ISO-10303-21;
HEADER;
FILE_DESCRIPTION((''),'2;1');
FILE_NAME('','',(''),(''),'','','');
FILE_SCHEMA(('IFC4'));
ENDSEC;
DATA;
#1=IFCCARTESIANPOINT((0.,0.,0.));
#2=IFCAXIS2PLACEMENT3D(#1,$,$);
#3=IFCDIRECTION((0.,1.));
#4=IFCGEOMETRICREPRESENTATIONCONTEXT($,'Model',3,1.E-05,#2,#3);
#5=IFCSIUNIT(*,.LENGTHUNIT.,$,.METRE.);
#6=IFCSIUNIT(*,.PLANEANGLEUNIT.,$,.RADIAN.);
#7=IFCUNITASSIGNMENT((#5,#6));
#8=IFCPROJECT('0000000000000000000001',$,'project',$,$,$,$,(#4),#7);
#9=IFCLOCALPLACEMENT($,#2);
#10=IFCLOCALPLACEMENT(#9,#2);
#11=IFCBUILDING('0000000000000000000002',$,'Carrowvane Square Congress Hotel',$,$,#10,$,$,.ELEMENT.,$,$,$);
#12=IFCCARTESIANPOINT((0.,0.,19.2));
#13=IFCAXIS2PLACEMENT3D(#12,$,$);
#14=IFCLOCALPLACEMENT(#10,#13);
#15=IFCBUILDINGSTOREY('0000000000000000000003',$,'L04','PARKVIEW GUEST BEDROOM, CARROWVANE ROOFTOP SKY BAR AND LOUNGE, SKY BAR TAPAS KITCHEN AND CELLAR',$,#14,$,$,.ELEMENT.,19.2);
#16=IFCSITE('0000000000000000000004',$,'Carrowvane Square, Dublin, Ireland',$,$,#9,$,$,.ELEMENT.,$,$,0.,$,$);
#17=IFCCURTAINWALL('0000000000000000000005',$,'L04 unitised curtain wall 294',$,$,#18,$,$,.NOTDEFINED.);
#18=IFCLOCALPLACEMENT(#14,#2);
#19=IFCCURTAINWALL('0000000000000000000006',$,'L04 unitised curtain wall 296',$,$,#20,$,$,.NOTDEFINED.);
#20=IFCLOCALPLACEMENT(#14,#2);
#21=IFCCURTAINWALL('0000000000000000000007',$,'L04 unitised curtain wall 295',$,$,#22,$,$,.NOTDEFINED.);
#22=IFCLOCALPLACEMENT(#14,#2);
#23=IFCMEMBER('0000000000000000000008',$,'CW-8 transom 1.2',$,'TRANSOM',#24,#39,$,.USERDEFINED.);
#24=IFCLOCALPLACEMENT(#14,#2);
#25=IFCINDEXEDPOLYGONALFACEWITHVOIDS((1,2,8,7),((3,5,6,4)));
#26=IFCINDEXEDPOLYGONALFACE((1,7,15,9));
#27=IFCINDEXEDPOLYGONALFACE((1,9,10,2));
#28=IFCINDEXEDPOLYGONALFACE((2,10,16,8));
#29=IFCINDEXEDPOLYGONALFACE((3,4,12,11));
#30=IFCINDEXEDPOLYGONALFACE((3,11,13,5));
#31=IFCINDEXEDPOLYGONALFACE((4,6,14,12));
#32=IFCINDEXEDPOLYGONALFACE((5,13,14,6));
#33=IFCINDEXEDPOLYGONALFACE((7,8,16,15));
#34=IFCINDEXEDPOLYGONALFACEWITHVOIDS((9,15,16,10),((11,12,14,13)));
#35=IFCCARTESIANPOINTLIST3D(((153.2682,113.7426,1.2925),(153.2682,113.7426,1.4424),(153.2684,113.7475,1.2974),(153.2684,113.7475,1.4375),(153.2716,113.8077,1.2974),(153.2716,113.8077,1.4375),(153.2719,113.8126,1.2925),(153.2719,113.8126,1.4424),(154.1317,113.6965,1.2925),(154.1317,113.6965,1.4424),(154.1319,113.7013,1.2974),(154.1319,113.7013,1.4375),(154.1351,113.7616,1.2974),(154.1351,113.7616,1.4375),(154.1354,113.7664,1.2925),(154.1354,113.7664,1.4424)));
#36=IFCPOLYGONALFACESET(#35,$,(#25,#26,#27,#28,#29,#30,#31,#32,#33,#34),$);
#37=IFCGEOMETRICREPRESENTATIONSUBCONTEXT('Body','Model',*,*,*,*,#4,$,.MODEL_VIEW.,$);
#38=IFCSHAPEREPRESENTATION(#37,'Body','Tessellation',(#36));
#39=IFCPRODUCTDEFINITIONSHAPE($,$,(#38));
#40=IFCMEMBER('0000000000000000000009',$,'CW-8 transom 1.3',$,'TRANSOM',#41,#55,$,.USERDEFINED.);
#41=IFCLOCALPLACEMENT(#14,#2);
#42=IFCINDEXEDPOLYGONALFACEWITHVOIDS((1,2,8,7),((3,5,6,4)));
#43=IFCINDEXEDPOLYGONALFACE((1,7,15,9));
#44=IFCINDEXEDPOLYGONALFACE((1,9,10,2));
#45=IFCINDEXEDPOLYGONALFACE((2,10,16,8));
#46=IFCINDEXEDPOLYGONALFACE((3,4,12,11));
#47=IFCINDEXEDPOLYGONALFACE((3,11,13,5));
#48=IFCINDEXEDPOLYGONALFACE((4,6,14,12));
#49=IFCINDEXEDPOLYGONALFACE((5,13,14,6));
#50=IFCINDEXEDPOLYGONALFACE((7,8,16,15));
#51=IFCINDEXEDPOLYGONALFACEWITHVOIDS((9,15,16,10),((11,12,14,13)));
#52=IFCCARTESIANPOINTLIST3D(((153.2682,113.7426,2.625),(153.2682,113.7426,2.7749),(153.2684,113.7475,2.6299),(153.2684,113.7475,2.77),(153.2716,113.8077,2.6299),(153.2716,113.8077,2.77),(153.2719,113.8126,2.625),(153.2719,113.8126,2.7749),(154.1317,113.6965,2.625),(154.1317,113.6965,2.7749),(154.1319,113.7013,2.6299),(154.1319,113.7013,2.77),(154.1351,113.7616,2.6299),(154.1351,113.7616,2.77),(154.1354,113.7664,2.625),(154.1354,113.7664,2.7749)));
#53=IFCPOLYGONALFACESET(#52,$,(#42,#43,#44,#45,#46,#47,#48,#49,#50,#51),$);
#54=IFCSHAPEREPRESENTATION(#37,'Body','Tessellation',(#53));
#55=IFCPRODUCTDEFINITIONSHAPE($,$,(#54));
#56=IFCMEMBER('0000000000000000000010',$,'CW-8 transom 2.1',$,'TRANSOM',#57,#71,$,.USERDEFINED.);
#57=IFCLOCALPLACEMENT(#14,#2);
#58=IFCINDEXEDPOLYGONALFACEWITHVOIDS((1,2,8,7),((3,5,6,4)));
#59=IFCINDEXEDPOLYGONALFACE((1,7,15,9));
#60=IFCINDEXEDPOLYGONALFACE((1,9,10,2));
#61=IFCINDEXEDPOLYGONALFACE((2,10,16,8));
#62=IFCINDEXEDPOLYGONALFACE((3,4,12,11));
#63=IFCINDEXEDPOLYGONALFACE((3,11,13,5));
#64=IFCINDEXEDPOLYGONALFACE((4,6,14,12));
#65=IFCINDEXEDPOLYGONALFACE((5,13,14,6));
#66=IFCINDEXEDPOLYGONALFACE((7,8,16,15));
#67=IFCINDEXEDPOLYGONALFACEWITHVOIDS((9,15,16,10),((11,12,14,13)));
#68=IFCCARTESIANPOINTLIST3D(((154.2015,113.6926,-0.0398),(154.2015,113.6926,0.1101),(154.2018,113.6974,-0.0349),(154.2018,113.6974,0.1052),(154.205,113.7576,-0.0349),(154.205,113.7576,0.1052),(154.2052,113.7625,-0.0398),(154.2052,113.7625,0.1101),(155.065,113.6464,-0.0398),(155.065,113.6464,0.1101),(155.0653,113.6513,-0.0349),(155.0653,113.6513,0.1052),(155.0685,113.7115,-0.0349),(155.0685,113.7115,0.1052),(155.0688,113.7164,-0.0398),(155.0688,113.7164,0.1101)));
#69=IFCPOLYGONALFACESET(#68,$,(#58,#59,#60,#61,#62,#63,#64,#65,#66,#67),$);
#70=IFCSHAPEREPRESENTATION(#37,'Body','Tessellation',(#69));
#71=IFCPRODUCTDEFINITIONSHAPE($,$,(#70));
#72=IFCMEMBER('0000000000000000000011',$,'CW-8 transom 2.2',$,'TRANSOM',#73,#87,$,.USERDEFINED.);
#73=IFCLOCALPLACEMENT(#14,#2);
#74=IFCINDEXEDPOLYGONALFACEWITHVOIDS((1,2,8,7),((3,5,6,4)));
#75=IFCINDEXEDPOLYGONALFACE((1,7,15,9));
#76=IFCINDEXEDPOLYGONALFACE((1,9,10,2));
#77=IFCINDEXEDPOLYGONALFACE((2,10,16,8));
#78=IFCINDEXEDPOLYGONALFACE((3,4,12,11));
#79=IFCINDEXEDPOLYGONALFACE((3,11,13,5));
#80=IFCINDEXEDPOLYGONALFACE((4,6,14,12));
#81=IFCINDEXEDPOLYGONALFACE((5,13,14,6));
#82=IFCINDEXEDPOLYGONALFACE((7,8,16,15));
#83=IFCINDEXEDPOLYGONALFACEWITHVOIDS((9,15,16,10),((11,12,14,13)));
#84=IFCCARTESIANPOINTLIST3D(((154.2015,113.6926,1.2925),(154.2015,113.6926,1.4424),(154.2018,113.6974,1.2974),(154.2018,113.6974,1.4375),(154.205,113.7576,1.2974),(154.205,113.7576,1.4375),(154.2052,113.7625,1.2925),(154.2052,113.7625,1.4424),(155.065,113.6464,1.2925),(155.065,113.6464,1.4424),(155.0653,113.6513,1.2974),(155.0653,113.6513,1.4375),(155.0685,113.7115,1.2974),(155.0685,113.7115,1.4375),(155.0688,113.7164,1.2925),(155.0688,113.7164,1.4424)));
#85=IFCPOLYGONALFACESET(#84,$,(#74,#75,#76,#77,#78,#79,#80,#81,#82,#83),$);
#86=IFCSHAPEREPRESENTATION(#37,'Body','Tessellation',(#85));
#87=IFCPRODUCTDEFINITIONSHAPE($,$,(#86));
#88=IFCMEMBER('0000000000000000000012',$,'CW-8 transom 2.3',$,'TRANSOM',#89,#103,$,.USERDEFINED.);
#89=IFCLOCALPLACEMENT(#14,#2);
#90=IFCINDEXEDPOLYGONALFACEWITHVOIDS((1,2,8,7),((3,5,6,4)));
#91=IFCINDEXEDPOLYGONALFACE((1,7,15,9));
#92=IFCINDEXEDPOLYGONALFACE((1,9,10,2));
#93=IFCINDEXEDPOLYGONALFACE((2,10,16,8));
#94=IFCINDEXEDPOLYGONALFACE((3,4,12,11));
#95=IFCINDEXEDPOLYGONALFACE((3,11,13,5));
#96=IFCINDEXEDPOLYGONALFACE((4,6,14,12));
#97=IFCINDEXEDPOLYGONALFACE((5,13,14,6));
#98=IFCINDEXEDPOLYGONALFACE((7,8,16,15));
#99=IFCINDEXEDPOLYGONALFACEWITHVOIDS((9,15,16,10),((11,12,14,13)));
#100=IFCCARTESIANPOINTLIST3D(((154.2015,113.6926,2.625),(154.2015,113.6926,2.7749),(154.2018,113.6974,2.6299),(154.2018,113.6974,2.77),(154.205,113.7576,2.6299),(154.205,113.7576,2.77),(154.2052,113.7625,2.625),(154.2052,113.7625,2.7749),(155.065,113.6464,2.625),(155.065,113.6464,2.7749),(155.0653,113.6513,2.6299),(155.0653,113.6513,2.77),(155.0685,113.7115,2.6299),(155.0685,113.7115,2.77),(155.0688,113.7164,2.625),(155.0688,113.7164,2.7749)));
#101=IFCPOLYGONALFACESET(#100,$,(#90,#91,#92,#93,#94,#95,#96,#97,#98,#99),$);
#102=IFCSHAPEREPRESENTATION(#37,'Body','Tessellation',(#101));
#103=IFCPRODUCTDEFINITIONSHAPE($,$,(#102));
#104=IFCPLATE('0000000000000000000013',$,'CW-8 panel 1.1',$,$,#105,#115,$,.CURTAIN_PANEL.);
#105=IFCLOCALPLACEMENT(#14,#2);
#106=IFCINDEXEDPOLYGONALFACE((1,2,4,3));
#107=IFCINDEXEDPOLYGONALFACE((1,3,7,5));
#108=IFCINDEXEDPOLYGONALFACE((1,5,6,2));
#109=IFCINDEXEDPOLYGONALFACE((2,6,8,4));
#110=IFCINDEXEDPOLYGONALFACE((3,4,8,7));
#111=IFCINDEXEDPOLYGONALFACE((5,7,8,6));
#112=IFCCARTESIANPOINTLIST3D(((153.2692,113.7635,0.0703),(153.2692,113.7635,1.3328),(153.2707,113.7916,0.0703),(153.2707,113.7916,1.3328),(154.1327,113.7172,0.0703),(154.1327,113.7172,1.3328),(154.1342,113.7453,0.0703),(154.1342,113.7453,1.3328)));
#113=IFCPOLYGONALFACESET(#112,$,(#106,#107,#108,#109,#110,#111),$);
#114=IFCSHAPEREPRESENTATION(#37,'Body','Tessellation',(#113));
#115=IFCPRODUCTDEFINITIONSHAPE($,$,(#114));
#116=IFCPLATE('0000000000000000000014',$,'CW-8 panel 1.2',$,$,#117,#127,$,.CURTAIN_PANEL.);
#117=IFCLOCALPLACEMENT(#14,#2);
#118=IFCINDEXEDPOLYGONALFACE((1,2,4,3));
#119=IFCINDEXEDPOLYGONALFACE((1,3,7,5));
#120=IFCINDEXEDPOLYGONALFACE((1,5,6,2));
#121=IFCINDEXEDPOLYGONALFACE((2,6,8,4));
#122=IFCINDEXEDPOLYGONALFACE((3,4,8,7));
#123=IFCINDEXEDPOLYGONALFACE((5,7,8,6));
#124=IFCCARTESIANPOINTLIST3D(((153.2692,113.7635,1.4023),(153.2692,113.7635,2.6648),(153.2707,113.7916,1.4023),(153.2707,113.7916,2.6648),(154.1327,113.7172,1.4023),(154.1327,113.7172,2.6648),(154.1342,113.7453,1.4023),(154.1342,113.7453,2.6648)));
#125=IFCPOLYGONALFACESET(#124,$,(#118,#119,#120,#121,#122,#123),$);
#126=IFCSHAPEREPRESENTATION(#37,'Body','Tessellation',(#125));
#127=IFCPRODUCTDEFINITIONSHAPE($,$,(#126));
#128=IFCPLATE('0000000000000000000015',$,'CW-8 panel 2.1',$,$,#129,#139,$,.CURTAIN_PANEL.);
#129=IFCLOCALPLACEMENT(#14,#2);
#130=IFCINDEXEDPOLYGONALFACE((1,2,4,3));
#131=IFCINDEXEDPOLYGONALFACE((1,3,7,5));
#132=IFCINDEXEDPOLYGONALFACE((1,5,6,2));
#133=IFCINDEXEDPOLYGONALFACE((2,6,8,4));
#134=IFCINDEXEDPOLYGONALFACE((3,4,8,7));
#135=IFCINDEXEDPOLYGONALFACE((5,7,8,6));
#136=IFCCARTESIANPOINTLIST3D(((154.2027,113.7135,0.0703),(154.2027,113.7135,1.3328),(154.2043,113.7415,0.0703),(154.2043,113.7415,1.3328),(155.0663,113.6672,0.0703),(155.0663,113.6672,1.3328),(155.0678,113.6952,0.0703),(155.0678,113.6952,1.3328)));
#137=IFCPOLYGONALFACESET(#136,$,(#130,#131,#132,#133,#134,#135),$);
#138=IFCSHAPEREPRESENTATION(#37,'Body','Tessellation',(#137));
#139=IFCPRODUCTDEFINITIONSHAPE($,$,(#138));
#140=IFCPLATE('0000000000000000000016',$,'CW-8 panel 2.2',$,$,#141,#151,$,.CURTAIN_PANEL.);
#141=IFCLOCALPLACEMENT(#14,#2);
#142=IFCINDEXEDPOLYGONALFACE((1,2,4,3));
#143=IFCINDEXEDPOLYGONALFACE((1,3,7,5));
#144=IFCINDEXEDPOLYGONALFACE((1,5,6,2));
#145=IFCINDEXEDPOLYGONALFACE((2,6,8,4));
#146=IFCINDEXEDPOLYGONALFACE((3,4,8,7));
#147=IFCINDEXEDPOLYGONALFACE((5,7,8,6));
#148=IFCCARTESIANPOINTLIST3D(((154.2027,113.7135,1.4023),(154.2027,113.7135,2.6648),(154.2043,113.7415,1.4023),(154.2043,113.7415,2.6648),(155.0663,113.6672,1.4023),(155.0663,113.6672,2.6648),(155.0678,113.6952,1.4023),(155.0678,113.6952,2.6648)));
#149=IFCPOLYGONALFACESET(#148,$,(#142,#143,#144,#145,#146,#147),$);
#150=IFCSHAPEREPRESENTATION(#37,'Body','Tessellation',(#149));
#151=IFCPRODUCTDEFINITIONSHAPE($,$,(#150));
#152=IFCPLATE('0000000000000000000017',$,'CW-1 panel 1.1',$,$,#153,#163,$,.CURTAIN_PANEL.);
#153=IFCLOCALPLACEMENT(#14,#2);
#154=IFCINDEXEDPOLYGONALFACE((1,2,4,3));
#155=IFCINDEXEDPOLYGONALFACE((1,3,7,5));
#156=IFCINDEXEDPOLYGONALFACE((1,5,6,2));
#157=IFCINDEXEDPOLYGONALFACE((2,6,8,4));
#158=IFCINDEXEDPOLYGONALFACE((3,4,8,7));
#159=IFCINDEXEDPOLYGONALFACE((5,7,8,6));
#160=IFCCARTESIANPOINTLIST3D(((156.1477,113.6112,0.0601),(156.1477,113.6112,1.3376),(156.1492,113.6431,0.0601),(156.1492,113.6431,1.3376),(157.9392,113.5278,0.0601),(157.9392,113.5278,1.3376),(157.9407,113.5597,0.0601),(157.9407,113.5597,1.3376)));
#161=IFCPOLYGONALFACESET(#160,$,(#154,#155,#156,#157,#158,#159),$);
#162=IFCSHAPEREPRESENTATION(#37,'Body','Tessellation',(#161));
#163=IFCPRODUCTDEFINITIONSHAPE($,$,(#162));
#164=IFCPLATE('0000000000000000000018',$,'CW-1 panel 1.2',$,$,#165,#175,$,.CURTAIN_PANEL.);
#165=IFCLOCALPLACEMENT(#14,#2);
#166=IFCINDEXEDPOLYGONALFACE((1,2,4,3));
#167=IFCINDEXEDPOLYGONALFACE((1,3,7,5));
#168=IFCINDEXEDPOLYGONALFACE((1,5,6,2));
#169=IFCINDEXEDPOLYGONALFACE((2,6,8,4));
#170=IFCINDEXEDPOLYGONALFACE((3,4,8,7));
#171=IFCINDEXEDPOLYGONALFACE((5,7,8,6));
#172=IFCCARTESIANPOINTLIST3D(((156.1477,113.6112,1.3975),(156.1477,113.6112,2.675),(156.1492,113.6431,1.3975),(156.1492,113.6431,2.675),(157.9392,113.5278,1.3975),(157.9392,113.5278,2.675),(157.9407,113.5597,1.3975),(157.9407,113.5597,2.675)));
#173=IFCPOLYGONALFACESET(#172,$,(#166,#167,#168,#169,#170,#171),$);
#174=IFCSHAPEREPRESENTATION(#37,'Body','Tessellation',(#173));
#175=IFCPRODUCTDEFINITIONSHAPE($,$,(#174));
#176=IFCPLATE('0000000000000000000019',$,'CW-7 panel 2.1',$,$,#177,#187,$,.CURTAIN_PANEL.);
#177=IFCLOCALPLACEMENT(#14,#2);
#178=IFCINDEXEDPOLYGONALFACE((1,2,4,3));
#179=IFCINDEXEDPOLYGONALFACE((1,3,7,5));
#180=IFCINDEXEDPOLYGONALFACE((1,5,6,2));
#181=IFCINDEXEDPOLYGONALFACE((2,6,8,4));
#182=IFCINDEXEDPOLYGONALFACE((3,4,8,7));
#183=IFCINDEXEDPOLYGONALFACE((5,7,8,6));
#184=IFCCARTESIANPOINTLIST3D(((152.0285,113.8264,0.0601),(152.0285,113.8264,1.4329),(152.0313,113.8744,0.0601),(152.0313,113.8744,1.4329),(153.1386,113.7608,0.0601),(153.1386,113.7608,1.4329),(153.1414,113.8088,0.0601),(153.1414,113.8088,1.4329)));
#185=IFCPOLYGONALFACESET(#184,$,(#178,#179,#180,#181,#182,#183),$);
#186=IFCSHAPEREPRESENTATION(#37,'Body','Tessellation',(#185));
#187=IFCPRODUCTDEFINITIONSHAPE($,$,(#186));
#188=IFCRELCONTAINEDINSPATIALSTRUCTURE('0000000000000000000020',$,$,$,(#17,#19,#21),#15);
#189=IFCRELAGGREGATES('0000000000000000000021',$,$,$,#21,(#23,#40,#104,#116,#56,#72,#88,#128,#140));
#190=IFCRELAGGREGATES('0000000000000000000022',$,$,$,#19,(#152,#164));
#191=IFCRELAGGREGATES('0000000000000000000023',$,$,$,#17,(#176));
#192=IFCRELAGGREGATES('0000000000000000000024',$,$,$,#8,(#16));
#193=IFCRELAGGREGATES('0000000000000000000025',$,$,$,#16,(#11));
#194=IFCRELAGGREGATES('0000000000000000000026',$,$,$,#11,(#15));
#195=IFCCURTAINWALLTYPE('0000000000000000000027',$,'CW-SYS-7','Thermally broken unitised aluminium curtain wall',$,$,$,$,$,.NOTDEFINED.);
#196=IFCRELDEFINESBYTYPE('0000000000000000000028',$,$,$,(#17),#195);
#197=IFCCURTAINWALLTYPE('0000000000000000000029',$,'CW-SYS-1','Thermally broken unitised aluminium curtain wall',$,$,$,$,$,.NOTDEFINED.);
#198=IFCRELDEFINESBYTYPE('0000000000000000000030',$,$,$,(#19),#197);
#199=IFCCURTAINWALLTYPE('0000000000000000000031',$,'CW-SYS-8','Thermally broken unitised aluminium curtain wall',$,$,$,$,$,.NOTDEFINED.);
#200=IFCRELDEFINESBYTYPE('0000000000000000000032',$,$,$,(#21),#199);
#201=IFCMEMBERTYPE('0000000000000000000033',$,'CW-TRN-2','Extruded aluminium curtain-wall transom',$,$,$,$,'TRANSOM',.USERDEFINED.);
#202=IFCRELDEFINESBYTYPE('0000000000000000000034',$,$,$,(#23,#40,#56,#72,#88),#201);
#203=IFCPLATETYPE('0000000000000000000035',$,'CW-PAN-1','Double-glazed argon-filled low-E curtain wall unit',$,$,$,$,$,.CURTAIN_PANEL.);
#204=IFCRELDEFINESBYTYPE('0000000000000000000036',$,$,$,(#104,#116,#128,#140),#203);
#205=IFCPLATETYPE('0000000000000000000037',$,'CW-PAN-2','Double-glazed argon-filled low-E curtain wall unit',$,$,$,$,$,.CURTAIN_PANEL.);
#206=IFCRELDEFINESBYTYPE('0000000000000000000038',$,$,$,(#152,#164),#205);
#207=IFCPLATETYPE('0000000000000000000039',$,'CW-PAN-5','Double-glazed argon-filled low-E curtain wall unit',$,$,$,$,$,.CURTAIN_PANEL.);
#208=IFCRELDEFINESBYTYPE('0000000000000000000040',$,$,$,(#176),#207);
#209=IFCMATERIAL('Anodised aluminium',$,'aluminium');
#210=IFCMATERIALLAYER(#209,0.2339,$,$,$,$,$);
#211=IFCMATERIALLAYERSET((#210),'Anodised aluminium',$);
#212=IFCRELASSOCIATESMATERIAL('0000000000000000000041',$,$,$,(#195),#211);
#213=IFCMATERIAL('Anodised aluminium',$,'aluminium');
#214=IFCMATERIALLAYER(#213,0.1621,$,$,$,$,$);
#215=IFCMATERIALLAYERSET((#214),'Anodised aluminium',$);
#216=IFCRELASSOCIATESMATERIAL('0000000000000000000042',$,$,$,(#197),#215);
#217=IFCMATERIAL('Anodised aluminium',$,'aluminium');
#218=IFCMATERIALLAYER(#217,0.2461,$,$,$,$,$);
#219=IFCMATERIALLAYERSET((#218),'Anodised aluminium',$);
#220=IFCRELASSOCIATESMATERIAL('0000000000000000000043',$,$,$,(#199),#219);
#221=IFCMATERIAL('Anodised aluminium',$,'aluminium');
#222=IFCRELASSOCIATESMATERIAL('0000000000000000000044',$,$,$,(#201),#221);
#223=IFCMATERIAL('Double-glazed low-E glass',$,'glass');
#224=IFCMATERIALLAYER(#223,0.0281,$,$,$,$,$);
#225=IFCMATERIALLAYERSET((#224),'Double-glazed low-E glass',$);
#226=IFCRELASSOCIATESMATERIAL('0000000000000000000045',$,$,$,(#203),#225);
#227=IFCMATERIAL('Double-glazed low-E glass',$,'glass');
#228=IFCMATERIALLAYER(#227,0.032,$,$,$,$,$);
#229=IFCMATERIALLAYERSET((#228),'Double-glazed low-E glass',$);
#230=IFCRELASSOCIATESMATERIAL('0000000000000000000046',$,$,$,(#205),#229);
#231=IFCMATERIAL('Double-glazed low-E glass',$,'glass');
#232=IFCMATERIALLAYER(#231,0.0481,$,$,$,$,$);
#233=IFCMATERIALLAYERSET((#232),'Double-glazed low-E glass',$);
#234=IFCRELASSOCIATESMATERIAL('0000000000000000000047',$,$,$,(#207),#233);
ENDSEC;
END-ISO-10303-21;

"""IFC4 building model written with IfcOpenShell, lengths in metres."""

from ifc_helpers import new_model, si_unit, direction, frame, origin, origin_2d, place, context, subcontext, project, spatial, rectangle, hollow_rectangle, extrude, material, layer, layer_set, material_profile, profile_set, type_object, element, aggregate, save


model = new_model("IFC4")

# Units and contexts
model_context = context("Model", 3, precision=1e-05, world=origin(), true_north=direction((0.0, 1.0)))
body_context = subcontext(model_context, "Body", "Model", "MODEL_VIEW")
ifc_project = project(units=[si_unit("LENGTHUNIT", "METRE"), si_unit("PLANEANGLEUNIT", "RADIAN")], contexts=[model_context])

# Site, building, storey
site_placement = place(None, origin())
site = spatial("IfcSite", under=ifc_project, at=site_placement, Name="Carrowvane Square, Dublin, Ireland", CompositionType="ELEMENT", RefElevation=0.0)
building_placement = place(site_placement, origin())
building = spatial("IfcBuilding", under=site, at=building_placement, Name="Carrowvane Square Congress Hotel", CompositionType="ELEMENT")
storey_placement = place(building_placement, frame((0.0, 0.0, 19.2)))
storey = spatial("IfcBuildingStorey", under=building, at=storey_placement, Name="L04", Description="PARKVIEW GUEST BEDROOM, CARROWVANE ROOFTOP SKY BAR AND LOUNGE, SKY BAR TAPAS KITCHEN AND CELLAR", CompositionType="ELEMENT", Elevation=19.2)

# Curtain wall
ifc_material_1 = material(Name="Anodised aluminium", Category="aluminium")
ifc_layer_1 = layer(ifc_material_1, 0.2339)
ifc_layer_set_1 = layer_set([ifc_layer_1], Name="Anodised aluminium")
curtain_wall_type_1 = type_object("IfcCurtainWallType", Name="CW-SYS-7", Description="Thermally broken unitised aluminium curtain wall", PredefinedType="NOTDEFINED", material=ifc_layer_set_1)
curtain_wall_1_placement = place(storey_placement, origin())
curtain_wall_1 = element("IfcCurtainWall", 1, at=curtain_wall_1_placement, inside=storey, type_object=curtain_wall_type_1, Name="L04 unitised curtain wall 294", PredefinedType="NOTDEFINED")

# Curtain walls
ifc_material_2 = material(Name="Anodised aluminium", Category="aluminium")
ifc_layer_2 = layer(ifc_material_2, 0.1621)
ifc_layer_set_2 = layer_set([ifc_layer_2], Name="Anodised aluminium")
curtain_wall_type_2 = type_object("IfcCurtainWallType", Name="CW-SYS-1", Description="Thermally broken unitised aluminium curtain wall", PredefinedType="NOTDEFINED", material=ifc_layer_set_2)
curtain_wall_2_placement = place(storey_placement, origin())
curtain_wall_2 = element("IfcCurtainWall", 2, at=curtain_wall_2_placement, inside=storey, type_object=curtain_wall_type_2, Name="L04 unitised curtain wall 296", PredefinedType="NOTDEFINED")
ifc_material_3 = material(Name="Anodised aluminium", Category="aluminium")
ifc_layer_3 = layer(ifc_material_3, 0.2461)
ifc_layer_set_3 = layer_set([ifc_layer_3], Name="Anodised aluminium")
curtain_wall_type_3 = type_object("IfcCurtainWallType", Name="CW-SYS-8", Description="Thermally broken unitised aluminium curtain wall", PredefinedType="NOTDEFINED", material=ifc_layer_set_3)
curtain_wall_3_placement = place(storey_placement, origin())
curtain_wall_3 = element("IfcCurtainWall", 3, at=curtain_wall_3_placement, inside=storey, type_object=curtain_wall_type_3, Name="L04 unitised curtain wall 295", PredefinedType="NOTDEFINED")

# Members
ifc_material_4 = material(Name="Anodised aluminium", Category="aluminium")
ifc_material_profile_1 = material_profile(ifc_material_4, hollow_rectangle(XDim=0.0701, YDim=0.1499, WallThickness=0.0049, at=origin_2d()), Name="CW-TR 70x150x5")
ifc_profile_set_1 = profile_set([ifc_material_profile_1], Name="Anodised aluminium")
member_type_1 = type_object("IfcMemberType", Name="CW-TRN-2", Description="Extruded aluminium curtain-wall transom", ElementType="TRANSOM", PredefinedType="USERDEFINED", material=ifc_profile_set_1)
member_1_placement = place(storey_placement, frame((153.27, 113.7776, 1.3674), z_axis=(0.998575, -0.053359, 0.0), x_axis=(0.053359, 0.998575, 0.0)))
member_1 = element("IfcMember", 4, at=member_1_placement, type_object=member_type_1, Name="CW-8 transom 1.2", ObjectType="TRANSOM", PredefinedType="USERDEFINED", context=body_context, shape_type="SweptSolid", body=[
    extrude(hollow_rectangle(XDim=0.0701, YDim=0.1499, WallThickness=0.0049, at=origin_2d()), origin(), (0.0, 0.0, 1.0), 0.8647),
])
member_2_placement = place(storey_placement, frame((153.27, 113.7776, 2.7), z_axis=(0.998575, -0.053359, 0.0), x_axis=(0.053359, 0.998575, 0.0)))
member_2 = element("IfcMember", 5, at=member_2_placement, type_object=member_type_1, Name="CW-8 transom 1.3", ObjectType="TRANSOM", PredefinedType="USERDEFINED", context=body_context, shape_type="SweptSolid", body=[
    extrude(hollow_rectangle(XDim=0.0701, YDim=0.1499, WallThickness=0.0049, at=origin_2d()), origin(), (0.0, 0.0, 1.0), 0.8647),
])
member_3_placement = place(storey_placement, frame((154.2034, 113.7275, 0.0352), z_axis=(0.998575, -0.053359, 0.0), x_axis=(0.053359, 0.998575, 0.0)))
member_3 = element("IfcMember", 6, at=member_3_placement, type_object=member_type_1, Name="CW-8 transom 2.1", ObjectType="TRANSOM", PredefinedType="USERDEFINED", context=body_context, shape_type="SweptSolid", body=[
    extrude(hollow_rectangle(XDim=0.0701, YDim=0.1499, WallThickness=0.0049, at=origin_2d()), origin(), (0.0, 0.0, 1.0), 0.8647),
])
member_4_placement = place(storey_placement, frame((154.2034, 113.7275, 1.3674), z_axis=(0.998575, -0.053359, 0.0), x_axis=(0.053359, 0.998575, 0.0)))
member_4 = element("IfcMember", 7, at=member_4_placement, type_object=member_type_1, Name="CW-8 transom 2.2", ObjectType="TRANSOM", PredefinedType="USERDEFINED", context=body_context, shape_type="SweptSolid", body=[
    extrude(hollow_rectangle(XDim=0.0701, YDim=0.1499, WallThickness=0.0049, at=origin_2d()), origin(), (0.0, 0.0, 1.0), 0.8647),
])
member_5_placement = place(storey_placement, frame((154.2034, 113.7275, 2.7), z_axis=(0.998575, -0.053359, 0.0), x_axis=(0.053359, 0.998575, 0.0)))
member_5 = element("IfcMember", 8, at=member_5_placement, type_object=member_type_1, Name="CW-8 transom 2.3", ObjectType="TRANSOM", PredefinedType="USERDEFINED", context=body_context, shape_type="SweptSolid", body=[
    extrude(hollow_rectangle(XDim=0.0701, YDim=0.1499, WallThickness=0.0049, at=origin_2d()), origin(), (0.0, 0.0, 1.0), 0.8647),
])

# Plates
ifc_material_5 = material(Name="Double-glazed low-E glass", Category="glass")
ifc_layer_4 = layer(ifc_material_5, 0.0281)
ifc_layer_set_4 = layer_set([ifc_layer_4], Name="Double-glazed low-E glass")
plate_type_1 = type_object("IfcPlateType", Name="CW-PAN-1", Description="Double-glazed argon-filled low-E curtain wall unit", PredefinedType="CURTAIN_PANEL", material=ifc_layer_set_4)
plate_1_placement = place(storey_placement, frame((153.7017, 113.7544, 0.0703), z_axis=(0.0, 0.0, 1.0), x_axis=(0.998567, -0.053516, 0.0)))
plate_1 = element("IfcPlate", 9, at=plate_1_placement, type_object=plate_type_1, Name="CW-8 panel 1.1", PredefinedType="CURTAIN_PANEL", context=body_context, shape_type="SweptSolid", body=[
    extrude(rectangle(XDim=0.8647, YDim=0.0281, at=origin_2d()), origin(), (0.0, 0.0, 1.0), 1.2625),
])
plate_2_placement = place(storey_placement, frame((153.7017, 113.7544, 1.4023), z_axis=(0.0, 0.0, 1.0), x_axis=(0.998567, -0.053516, 0.0)))
plate_2 = element("IfcPlate", 10, at=plate_2_placement, type_object=plate_type_1, Name="CW-8 panel 1.2", PredefinedType="CURTAIN_PANEL", context=body_context, shape_type="SweptSolid", body=[
    extrude(rectangle(XDim=0.8647, YDim=0.0281, at=origin_2d()), origin(), (0.0, 0.0, 1.0), 1.2625),
])
plate_3_placement = place(storey_placement, frame((154.6353, 113.7043, 0.0703), z_axis=(0.0, 0.0, 1.0), x_axis=(0.998567, -0.053516, 0.0)))
plate_3 = element("IfcPlate", 11, at=plate_3_placement, type_object=plate_type_1, Name="CW-8 panel 2.1", PredefinedType="CURTAIN_PANEL", context=body_context, shape_type="SweptSolid", body=[
    extrude(rectangle(XDim=0.8647, YDim=0.0281, at=origin_2d()), origin(), (0.0, 0.0, 1.0), 1.2625),
])
plate_4_placement = place(storey_placement, frame((154.6353, 113.7043, 1.4023), z_axis=(0.0, 0.0, 1.0), x_axis=(0.998567, -0.053516, 0.0)))
plate_4 = element("IfcPlate", 12, at=plate_4_placement, type_object=plate_type_1, Name="CW-8 panel 2.2", PredefinedType="CURTAIN_PANEL", context=body_context, shape_type="SweptSolid", body=[
    extrude(rectangle(XDim=0.8647, YDim=0.0281, at=origin_2d()), origin(), (0.0, 0.0, 1.0), 1.2625),
])
aggregate(curtain_wall_3, [member_1, member_2, plate_1, plate_2, member_3, member_4, member_5, plate_3, plate_4])
ifc_material_6 = material(Name="Double-glazed low-E glass", Category="glass")
ifc_layer_5 = layer(ifc_material_6, 0.032)
ifc_layer_set_5 = layer_set([ifc_layer_5], Name="Double-glazed low-E glass")
plate_type_2 = type_object("IfcPlateType", Name="CW-PAN-2", Description="Double-glazed argon-filled low-E curtain wall unit", PredefinedType="CURTAIN_PANEL", material=ifc_layer_set_5)
plate_5_placement = place(storey_placement, frame((157.0442, 113.5854, 0.0601), z_axis=(0.0, 0.0, 1.0), x_axis=(0.998917, -0.046522, 0.0)))
plate_5 = element("IfcPlate", 13, at=plate_5_placement, type_object=plate_type_2, Name="CW-1 panel 1.1", PredefinedType="CURTAIN_PANEL", context=body_context, shape_type="SweptSolid", body=[
    extrude(rectangle(XDim=1.7935, YDim=0.032, at=origin_2d()), origin(), (0.0, 0.0, 1.0), 1.2776),
])
plate_6_placement = place(storey_placement, frame((157.0442, 113.5854, 1.3975), z_axis=(0.0, 0.0, 1.0), x_axis=(0.998917, -0.046522, 0.0)))
plate_6 = element("IfcPlate", 14, at=plate_6_placement, type_object=plate_type_2, Name="CW-1 panel 1.2", PredefinedType="CURTAIN_PANEL", context=body_context, shape_type="SweptSolid", body=[
    extrude(rectangle(XDim=1.7935, YDim=0.032, at=origin_2d()), origin(), (0.0, 0.0, 1.0), 1.2776),
])
aggregate(curtain_wall_2, [plate_5, plate_6])
ifc_material_7 = material(Name="Double-glazed low-E glass", Category="glass")
ifc_layer_6 = layer(ifc_material_7, 0.0481)
ifc_layer_set_6 = layer_set([ifc_layer_6], Name="Double-glazed low-E glass")
plate_type_3 = type_object("IfcPlateType", Name="CW-PAN-5", Description="Double-glazed argon-filled low-E curtain wall unit", PredefinedType="CURTAIN_PANEL", material=ifc_layer_set_6)
plate_7_placement = place(storey_placement, frame((152.585, 113.8176, 0.0601), z_axis=(0.0, 0.0, 1.0), x_axis=(0.998259, -0.058989, 0.0)))
plate_7 = element("IfcPlate", 15, at=plate_7_placement, type_object=plate_type_3, Name="CW-7 panel 2.1", PredefinedType="CURTAIN_PANEL", context=body_context, shape_type="SweptSolid", body=[
    extrude(rectangle(XDim=1.1121, YDim=0.0481, at=origin_2d()), origin(), (0.0, 0.0, 1.0), 1.3728),
])
aggregate(curtain_wall_1, [plate_7])

save(model, "model.ifc")
